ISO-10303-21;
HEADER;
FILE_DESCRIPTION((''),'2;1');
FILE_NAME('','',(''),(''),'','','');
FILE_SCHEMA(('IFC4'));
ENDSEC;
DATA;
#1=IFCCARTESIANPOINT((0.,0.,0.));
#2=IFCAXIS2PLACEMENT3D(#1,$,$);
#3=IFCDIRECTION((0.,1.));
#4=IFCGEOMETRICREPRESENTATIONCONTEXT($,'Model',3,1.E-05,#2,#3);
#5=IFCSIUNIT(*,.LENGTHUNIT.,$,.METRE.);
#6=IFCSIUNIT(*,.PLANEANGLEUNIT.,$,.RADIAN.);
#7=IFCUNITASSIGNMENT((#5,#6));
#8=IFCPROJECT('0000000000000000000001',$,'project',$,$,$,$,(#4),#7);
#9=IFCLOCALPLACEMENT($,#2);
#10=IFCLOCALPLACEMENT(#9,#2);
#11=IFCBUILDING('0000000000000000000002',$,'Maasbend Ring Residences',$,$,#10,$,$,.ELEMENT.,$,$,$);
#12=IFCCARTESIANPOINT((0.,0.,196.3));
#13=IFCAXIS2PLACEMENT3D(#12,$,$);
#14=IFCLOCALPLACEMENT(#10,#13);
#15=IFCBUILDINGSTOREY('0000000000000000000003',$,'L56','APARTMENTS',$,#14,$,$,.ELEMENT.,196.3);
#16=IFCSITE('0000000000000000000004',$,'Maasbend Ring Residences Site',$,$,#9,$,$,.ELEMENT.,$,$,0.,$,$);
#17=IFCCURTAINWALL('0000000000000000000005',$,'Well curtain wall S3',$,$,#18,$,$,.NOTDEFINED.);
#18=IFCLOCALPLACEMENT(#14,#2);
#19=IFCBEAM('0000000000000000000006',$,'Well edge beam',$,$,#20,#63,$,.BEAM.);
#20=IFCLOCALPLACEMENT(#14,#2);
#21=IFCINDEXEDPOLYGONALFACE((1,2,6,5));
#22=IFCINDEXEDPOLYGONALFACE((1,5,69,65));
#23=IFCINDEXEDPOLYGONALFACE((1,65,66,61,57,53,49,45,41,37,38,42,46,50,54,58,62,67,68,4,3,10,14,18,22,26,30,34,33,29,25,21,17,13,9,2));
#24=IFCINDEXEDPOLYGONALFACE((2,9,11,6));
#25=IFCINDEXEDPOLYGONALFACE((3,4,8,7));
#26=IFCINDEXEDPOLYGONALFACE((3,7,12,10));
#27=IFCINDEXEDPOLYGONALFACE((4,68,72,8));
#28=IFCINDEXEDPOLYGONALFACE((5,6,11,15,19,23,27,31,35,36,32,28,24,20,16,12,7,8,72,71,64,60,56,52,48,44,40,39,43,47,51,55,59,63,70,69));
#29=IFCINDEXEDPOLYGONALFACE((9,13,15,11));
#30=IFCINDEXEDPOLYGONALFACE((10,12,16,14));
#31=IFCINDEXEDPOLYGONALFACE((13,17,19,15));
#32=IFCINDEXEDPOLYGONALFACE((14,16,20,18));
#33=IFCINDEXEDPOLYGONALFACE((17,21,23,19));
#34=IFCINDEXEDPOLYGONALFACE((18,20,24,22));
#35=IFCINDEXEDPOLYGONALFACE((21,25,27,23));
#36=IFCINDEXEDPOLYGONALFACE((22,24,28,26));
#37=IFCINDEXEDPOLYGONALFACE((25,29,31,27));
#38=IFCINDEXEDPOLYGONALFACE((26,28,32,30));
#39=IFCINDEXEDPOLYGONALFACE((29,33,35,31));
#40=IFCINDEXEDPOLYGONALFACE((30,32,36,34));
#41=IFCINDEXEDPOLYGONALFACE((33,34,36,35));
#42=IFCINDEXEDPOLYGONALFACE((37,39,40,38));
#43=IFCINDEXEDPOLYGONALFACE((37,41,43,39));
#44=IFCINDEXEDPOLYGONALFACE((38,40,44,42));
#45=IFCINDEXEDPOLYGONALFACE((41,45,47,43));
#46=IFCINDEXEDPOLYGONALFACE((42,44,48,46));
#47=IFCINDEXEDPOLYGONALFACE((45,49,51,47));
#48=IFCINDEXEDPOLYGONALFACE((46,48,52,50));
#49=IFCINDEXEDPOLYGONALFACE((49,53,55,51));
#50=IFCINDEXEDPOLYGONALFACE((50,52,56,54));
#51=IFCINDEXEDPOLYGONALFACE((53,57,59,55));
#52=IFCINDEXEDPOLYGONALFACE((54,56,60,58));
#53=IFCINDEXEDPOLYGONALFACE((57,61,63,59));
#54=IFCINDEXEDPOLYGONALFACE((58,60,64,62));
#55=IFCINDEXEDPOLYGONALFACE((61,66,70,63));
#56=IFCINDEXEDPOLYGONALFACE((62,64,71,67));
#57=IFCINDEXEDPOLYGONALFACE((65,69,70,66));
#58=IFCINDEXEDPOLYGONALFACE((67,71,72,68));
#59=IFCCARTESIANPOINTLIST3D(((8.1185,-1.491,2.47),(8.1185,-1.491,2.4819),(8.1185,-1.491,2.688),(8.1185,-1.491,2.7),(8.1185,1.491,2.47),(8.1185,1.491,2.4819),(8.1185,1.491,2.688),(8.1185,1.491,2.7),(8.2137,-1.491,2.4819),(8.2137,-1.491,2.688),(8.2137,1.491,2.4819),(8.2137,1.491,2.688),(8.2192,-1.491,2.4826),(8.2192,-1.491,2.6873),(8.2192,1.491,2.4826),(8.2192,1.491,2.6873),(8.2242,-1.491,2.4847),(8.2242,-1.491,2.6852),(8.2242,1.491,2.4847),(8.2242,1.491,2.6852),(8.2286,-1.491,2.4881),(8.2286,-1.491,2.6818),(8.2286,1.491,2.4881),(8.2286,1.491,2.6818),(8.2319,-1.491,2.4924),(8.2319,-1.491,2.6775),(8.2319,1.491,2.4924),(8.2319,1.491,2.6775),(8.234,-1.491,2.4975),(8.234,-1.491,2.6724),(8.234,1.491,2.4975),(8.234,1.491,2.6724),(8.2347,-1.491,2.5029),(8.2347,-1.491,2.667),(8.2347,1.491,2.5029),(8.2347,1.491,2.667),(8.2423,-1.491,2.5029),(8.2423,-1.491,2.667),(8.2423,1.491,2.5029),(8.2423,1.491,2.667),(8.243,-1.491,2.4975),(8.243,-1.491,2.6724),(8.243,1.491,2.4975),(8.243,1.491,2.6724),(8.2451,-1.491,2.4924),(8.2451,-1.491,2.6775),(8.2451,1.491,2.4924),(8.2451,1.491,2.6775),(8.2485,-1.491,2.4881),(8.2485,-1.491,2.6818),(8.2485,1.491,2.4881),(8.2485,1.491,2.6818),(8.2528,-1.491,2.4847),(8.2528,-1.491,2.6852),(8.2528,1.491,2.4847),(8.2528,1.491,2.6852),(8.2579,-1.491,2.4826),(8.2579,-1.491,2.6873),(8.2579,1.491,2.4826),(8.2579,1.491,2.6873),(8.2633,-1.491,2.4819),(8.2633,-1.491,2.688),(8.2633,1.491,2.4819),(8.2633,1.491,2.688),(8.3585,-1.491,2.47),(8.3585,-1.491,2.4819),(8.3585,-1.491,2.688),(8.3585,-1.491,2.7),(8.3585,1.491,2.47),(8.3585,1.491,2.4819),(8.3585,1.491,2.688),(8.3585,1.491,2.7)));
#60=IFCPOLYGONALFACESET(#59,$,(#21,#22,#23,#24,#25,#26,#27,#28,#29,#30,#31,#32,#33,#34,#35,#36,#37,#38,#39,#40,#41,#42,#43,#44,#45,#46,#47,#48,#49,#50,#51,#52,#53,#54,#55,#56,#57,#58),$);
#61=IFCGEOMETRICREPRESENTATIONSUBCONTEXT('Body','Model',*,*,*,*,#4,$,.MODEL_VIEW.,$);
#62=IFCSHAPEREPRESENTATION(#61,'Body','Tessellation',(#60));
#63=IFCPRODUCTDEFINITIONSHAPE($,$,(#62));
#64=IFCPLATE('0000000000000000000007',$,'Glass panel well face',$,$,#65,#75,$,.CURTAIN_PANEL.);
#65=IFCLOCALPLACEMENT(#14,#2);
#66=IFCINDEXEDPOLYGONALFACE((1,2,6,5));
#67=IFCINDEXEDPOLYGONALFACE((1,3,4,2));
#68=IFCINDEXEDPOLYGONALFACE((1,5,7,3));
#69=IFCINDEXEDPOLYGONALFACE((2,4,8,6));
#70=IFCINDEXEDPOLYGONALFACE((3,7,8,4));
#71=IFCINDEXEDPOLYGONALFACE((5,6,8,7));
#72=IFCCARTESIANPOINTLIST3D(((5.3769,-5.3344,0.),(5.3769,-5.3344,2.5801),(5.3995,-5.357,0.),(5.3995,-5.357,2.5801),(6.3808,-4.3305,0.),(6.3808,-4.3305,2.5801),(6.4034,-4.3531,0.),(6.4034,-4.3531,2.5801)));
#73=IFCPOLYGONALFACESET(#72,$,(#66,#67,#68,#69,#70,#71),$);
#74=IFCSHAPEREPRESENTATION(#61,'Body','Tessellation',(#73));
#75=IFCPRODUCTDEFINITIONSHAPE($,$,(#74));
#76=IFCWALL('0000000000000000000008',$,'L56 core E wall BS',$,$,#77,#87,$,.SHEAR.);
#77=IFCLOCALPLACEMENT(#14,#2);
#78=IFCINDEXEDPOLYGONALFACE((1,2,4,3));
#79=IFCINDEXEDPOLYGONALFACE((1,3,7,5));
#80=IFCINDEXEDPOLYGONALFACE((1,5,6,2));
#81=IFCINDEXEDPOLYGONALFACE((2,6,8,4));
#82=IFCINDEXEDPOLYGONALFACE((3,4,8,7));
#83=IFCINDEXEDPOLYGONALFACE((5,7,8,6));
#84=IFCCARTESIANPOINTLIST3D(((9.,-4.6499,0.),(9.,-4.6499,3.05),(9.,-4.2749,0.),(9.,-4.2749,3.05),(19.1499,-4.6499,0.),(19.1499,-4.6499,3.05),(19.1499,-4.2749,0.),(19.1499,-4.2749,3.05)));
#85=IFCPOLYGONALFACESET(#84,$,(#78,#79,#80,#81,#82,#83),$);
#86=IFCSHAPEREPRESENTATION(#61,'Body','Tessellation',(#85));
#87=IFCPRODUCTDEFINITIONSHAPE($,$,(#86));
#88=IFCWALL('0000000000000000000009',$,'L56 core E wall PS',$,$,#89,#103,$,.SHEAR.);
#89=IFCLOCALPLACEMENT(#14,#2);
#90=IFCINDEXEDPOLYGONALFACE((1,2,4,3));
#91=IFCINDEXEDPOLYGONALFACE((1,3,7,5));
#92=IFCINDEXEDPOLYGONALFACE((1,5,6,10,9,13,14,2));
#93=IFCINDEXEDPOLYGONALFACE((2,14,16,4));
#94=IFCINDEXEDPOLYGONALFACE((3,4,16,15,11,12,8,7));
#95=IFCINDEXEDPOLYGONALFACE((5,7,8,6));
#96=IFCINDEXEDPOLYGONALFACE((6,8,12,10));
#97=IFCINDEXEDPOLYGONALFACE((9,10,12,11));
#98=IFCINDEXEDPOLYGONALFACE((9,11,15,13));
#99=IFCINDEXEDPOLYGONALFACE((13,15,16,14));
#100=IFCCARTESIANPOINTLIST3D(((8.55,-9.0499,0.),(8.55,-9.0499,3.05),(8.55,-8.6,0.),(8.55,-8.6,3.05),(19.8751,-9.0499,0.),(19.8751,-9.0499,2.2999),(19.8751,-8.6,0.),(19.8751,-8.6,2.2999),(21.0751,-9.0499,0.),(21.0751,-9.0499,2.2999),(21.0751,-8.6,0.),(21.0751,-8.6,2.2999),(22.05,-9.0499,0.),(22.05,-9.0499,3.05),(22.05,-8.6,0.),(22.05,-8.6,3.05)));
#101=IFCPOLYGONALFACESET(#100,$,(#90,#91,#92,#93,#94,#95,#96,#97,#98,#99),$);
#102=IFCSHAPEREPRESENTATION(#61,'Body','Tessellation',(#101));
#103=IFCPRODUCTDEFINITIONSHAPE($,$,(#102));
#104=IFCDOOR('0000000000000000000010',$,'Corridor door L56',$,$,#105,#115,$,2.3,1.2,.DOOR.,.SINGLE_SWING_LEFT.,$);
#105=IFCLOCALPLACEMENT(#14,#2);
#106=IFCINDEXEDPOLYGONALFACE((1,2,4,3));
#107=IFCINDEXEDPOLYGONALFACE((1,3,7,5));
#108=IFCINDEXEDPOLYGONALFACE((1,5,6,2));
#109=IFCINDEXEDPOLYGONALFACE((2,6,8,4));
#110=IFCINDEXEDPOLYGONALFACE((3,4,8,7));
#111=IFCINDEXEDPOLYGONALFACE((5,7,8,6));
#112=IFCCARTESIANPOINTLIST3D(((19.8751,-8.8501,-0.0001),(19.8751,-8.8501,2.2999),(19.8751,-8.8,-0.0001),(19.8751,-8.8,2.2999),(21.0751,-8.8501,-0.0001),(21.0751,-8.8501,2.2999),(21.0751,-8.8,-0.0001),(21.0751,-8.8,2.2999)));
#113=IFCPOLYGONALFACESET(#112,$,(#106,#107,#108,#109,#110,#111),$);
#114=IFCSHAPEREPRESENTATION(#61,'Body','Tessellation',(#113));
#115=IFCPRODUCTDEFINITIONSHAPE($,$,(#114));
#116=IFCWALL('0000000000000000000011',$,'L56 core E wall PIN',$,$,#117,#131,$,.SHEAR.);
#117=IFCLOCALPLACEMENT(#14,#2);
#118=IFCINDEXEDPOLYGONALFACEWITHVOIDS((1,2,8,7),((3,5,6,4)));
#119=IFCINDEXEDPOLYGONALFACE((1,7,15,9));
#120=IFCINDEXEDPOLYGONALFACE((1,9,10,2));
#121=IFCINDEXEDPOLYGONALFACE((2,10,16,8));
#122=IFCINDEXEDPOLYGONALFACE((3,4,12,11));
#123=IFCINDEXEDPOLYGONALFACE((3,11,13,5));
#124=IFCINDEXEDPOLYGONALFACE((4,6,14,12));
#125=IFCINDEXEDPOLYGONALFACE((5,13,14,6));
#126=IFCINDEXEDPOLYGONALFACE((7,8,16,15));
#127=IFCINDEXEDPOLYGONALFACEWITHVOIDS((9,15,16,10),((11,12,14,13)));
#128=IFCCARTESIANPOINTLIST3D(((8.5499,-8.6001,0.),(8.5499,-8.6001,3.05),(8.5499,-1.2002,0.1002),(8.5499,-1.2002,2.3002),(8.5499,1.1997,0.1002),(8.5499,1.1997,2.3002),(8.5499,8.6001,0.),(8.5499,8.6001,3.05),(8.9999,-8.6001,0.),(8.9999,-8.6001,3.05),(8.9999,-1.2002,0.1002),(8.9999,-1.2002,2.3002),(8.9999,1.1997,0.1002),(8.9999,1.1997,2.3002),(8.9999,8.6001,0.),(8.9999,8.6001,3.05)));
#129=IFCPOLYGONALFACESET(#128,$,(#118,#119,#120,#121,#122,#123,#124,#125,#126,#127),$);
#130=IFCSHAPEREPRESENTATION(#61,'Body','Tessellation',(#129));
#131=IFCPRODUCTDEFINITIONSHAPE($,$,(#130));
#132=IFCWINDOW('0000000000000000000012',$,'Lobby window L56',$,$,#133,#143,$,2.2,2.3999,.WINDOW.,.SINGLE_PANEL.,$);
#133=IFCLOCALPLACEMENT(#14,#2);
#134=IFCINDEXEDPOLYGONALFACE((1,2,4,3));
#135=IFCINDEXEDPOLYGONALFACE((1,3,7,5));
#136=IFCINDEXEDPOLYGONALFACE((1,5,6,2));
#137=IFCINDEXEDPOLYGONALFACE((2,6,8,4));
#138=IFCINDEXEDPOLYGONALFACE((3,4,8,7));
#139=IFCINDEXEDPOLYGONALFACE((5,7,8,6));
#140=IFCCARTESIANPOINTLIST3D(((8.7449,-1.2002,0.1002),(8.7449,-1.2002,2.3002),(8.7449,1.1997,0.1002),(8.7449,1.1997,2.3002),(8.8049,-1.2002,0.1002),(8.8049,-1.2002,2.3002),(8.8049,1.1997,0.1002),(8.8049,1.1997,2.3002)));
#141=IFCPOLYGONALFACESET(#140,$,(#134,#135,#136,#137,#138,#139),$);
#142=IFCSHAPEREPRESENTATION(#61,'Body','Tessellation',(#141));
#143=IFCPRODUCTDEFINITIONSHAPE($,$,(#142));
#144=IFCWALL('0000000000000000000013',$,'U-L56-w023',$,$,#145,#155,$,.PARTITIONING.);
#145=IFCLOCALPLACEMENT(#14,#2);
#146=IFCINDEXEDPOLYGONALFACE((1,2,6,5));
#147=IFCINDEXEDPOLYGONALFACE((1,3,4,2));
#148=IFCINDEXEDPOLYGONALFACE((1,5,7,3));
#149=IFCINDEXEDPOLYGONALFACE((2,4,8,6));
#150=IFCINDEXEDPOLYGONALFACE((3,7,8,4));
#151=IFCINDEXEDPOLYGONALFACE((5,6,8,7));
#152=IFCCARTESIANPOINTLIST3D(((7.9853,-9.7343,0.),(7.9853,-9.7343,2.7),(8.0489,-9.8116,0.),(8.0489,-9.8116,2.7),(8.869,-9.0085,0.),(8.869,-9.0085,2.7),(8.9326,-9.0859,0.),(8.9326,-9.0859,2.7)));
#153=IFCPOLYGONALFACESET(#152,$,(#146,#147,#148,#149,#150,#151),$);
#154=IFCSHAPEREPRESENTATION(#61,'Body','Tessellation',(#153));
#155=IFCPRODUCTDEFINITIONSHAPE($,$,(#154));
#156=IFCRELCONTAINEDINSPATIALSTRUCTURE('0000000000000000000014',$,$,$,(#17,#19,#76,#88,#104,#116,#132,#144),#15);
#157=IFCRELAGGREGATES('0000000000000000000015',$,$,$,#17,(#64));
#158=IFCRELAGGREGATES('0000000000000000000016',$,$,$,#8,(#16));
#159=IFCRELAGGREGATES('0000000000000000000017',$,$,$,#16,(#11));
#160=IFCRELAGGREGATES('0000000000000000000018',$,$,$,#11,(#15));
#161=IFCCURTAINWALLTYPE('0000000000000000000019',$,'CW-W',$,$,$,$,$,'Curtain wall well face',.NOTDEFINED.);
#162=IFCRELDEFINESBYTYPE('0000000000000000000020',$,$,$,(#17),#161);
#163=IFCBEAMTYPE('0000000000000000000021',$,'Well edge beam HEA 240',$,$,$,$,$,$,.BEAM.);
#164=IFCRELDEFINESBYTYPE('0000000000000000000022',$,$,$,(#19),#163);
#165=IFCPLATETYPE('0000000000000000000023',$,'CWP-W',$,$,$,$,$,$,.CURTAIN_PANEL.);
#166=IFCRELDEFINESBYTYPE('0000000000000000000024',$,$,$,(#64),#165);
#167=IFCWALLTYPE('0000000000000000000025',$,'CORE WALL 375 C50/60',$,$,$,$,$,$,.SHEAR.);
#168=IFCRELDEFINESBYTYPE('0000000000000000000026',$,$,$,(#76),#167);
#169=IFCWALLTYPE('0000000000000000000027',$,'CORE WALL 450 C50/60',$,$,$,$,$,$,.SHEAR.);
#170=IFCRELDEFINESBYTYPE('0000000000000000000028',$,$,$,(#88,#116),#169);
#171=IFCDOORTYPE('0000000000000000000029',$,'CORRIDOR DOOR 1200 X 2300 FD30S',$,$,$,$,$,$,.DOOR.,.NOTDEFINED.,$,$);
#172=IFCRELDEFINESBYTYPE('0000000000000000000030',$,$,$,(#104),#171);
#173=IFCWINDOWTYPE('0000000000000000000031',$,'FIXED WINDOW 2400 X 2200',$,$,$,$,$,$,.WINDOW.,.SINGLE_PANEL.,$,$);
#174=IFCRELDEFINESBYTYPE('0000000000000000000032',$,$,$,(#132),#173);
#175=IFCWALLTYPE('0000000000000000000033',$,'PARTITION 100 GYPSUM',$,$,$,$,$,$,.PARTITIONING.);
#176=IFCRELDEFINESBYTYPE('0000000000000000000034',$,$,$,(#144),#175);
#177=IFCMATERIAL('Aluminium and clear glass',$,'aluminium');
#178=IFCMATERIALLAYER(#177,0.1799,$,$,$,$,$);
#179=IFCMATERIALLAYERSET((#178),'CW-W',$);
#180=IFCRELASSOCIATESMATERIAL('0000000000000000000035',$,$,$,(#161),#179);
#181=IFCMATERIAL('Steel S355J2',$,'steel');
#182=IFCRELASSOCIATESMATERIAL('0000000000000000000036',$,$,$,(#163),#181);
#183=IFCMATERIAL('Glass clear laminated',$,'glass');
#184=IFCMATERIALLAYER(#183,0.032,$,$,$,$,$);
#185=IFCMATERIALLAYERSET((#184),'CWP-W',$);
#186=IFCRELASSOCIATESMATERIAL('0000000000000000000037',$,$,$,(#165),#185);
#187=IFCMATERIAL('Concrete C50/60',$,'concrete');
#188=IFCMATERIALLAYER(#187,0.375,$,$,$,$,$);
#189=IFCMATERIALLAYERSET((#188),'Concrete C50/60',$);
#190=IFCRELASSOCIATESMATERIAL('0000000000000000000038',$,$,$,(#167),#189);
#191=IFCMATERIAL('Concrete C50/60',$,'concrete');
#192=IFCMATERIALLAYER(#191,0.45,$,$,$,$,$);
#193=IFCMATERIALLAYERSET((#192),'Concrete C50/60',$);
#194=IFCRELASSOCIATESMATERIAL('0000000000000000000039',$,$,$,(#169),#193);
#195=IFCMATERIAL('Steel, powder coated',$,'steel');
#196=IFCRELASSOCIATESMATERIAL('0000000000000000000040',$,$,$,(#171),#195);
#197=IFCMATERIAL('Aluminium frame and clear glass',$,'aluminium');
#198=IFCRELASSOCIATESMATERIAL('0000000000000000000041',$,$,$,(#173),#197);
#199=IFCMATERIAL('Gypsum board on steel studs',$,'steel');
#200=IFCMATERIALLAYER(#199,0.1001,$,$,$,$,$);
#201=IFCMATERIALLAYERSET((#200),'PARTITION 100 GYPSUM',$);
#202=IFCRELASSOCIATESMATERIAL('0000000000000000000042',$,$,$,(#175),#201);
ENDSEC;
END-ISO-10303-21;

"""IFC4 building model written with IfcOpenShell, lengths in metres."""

from ifc_helpers import new_model, si_unit, direction, frame, frame_2d, origin, origin_2d, place, context, subcontext, project, spatial, rectangle, i_section, extrude, material, layer, layer_set, material_profile, profile_set, type_object, element, fill, aggregate, save


model = new_model("IFC4")

# Units and contexts
model_context = context("Model", 3, precision=1e-05, world=origin(), true_north=direction((0.0, 1.0)))
body_context = subcontext(model_context, "Body", "Model", "MODEL_VIEW")
ifc_project = project(units=[si_unit("LENGTHUNIT", "METRE"), si_unit("PLANEANGLEUNIT", "RADIAN")], contexts=[model_context])

# Site, building, storey
site_placement = place(None, origin())
site = spatial("IfcSite", under=ifc_project, at=site_placement, Name="Maasbend Ring Residences Site", CompositionType="ELEMENT", RefElevation=0.0)
building_placement = place(site_placement, origin())
building = spatial("IfcBuilding", under=site, at=building_placement, Name="Maasbend Ring Residences", CompositionType="ELEMENT")
storey_placement = place(building_placement, frame((0.0, 0.0, 196.3)))
storey = spatial("IfcBuildingStorey", under=building, at=storey_placement, Name="L56", Description="APARTMENTS", CompositionType="ELEMENT", Elevation=196.3)

# Curtain wall
ifc_material_1 = material(Name="Aluminium and clear glass", Category="aluminium")
ifc_layer_1 = layer(ifc_material_1, 0.1799)
ifc_layer_set_1 = layer_set([ifc_layer_1], Name="CW-W")
curtain_wall_type = type_object("IfcCurtainWallType", Name="CW-W", ElementType="Curtain wall well face", PredefinedType="NOTDEFINED", material=ifc_layer_set_1)
curtain_wall_placement = place(storey_placement, origin())
curtain_wall = element("IfcCurtainWall", 1, at=curtain_wall_placement, inside=storey, type_object=curtain_wall_type, Name="Well curtain wall S3", PredefinedType="NOTDEFINED")

# Beam
ifc_material_2 = material(Name="Steel S355J2", Category="steel")
ifc_material_profile_1 = material_profile(ifc_material_2, i_section(OverallWidth=0.24, OverallDepth=0.23, WebThickness=0.0076, FlangeThickness=0.012, FilletRadius=0.021, at=origin_2d()), Name="HEA 240")
ifc_profile_set_1 = profile_set([ifc_material_profile_1], Name="Steel S355J2")
beam_type = type_object("IfcBeamType", Name="Well edge beam HEA 240", PredefinedType="BEAM", material=ifc_profile_set_1)
beam_1_placement = place(storey_placement, frame((8.2385, -1.491, 2.585), z_axis=(0.0, 1.0, 0.0), x_axis=(-1.0, 0.0, 0.0)))
element("IfcBeam", 2, at=beam_1_placement, inside=storey, type_object=beam_type, Name="Well edge beam", PredefinedType="BEAM", context=body_context, shape_type="SweptSolid", body=[
    extrude(i_section(OverallWidth=0.24, OverallDepth=0.23, WebThickness=0.0076, FlangeThickness=0.012, FilletRadius=0.021, at=origin_2d()), origin(), (0.0, 0.0, 1.0), 2.9819),
])

# Plate
ifc_material_3 = material(Name="Glass clear laminated", Category="glass")
ifc_layer_2 = layer(ifc_material_3, 0.032)
ifc_layer_set_2 = layer_set([ifc_layer_2], Name="CWP-W")
plate_type = type_object("IfcPlateType", Name="CWP-W", PredefinedType="CURTAIN_PANEL", material=ifc_layer_set_2)
plate_placement = place(storey_placement, frame((5.8901, -4.8438, 0.0), z_axis=(0.0, 0.0, 1.0), x_axis=(0.707107, 0.707107, 0.0)))
plate = element("IfcPlate", 3, at=plate_placement, type_object=plate_type, Name="Glass panel well face", PredefinedType="CURTAIN_PANEL", context=body_context, shape_type="SweptSolid", body=[
    extrude(rectangle(XDim=1.4197, YDim=0.032, at=origin_2d()), origin(), (0.0, 0.0, 1.0), 2.5801),
])
aggregate(curtain_wall, [plate])

# Wall
ifc_material_4 = material(Name="Concrete C50/60", Category="concrete")
ifc_layer_3 = layer(ifc_material_4, 0.375)
ifc_layer_set_3 = layer_set([ifc_layer_3], Name="Concrete C50/60")
wall_type_1 = type_object("IfcWallType", Name="CORE WALL 375 C50/60", PredefinedType="SHEAR", material=ifc_layer_set_3)
wall_1_placement = place(storey_placement, frame((9.0, -4.4624, 0.0), z_axis=(0.0, 0.0, 1.0), x_axis=(1.0, 0.0, 0.0)))
element("IfcWall", 4, at=wall_1_placement, inside=storey, type_object=wall_type_1, Name="L56 core E wall BS", PredefinedType="SHEAR", context=body_context, shape_type="SweptSolid", body=[
    extrude(rectangle(XDim=10.1499, YDim=0.375, at=frame_2d((5.075, 0.0))), origin(), (0.0, 0.0, 1.0), 3.05),
])

# Wall, opening, door
ifc_material_5 = material(Name="Concrete C50/60", Category="concrete")
ifc_layer_4 = layer(ifc_material_5, 0.45)
ifc_layer_set_4 = layer_set([ifc_layer_4], Name="Concrete C50/60")
wall_type_2 = type_object("IfcWallType", Name="CORE WALL 450 C50/60", PredefinedType="SHEAR", material=ifc_layer_set_4)
wall_2_placement = place(storey_placement, frame((8.55, -8.825, 0.0), z_axis=(0.0, 0.0, 1.0), x_axis=(1.0, 0.0, 0.0)))
wall_2 = element("IfcWall", 5, at=wall_2_placement, inside=storey, type_object=wall_type_2, Name="L56 core E wall PS", PredefinedType="SHEAR", context=body_context, shape_type="SweptSolid", body=[
    extrude(rectangle(XDim=13.5, YDim=0.45, at=frame_2d((6.75, 0.0))), origin(), (0.0, 0.0, 1.0), 3.05),
])
opening_1_placement = place(wall_2_placement, frame((11.325, 0.0, 0.0)))
opening_1 = element("IfcOpeningElement", 6, at=opening_1_placement, cuts=wall_2, PredefinedType="OPENING", context=body_context, shape_type="SweptSolid", body=[
    extrude(rectangle(XDim=1.2, YDim=2.3, at=frame_2d((0.6001, 1.1499))), frame((0.0, 0.2349, 0.0), z_axis=(0.0, -1.0, 0.0), x_axis=(1.0, 0.0, 0.0)), (0.0, 0.0, 1.0), 0.47),
])
ifc_material_6 = material(Name="Steel, powder coated", Category="steel")
door_type_1 = type_object("IfcDoorType", Name="CORRIDOR DOOR 1200 X 2300 FD30S", OperationType="NOTDEFINED", PredefinedType="DOOR", material=ifc_material_6)
door_1_placement = place(opening_1_placement, origin())
door_1 = element("IfcDoor", 7, at=door_1_placement, inside=storey, type_object=door_type_1, Name="Corridor door L56", OperationType="SINGLE_SWING_LEFT", OverallHeight=2.3, OverallWidth=1.2, PredefinedType="DOOR", context=body_context, shape_type="SweptSolid", body=[
    extrude(rectangle(XDim=1.2, YDim=2.3, at=frame_2d((0.6001, 1.1499))), frame((0.0, 0.0249, 0.0), z_axis=(0.0, -1.0, 0.0), x_axis=(1.0, 0.0, 0.0)), (0.0, 0.0, 1.0), 0.05),
])
fill(opening_1, door_1)

# Wall, opening, window
wall_3_placement = place(storey_placement, frame((8.7749, -8.6001, 0.0), z_axis=(0.0, 0.0, 1.0), x_axis=(0.0, 1.0, 0.0)))
wall_3 = element("IfcWall", 8, at=wall_3_placement, inside=storey, type_object=wall_type_2, Name="L56 core E wall PIN", PredefinedType="SHEAR", context=body_context, shape_type="SweptSolid", body=[
    extrude(rectangle(XDim=17.2002, YDim=0.45, at=frame_2d((8.6001, 0.0))), origin(), (0.0, 0.0, 1.0), 3.05),
])
opening_2_placement = place(wall_3_placement, frame((7.3999, 0.0, 0.1001)))
opening_2 = element("IfcOpeningElement", 9, at=opening_2_placement, cuts=wall_3, PredefinedType="OPENING", context=body_context, shape_type="SweptSolid", body=[
    extrude(rectangle(XDim=2.3999, YDim=2.2, at=frame_2d((1.2, 1.1001))), frame((0.0, 0.2349, 0.0), z_axis=(0.0, -1.0, 0.0), x_axis=(1.0, 0.0, 0.0)), (0.0, 0.0, 1.0), 0.47),
])
ifc_material_7 = material(Name="Aluminium frame and clear glass", Category="aluminium")
window_type = type_object("IfcWindowType", Name="FIXED WINDOW 2400 X 2200", PartitioningType="SINGLE_PANEL", PredefinedType="WINDOW", material=ifc_material_7)
window_placement = place(opening_2_placement, origin())
window = element("IfcWindow", 10, at=window_placement, inside=storey, type_object=window_type, Name="Lobby window L56", OverallHeight=2.2, OverallWidth=2.3999, PartitioningType="SINGLE_PANEL", PredefinedType="WINDOW", context=body_context, shape_type="SweptSolid", body=[
    extrude(rectangle(XDim=2.3999, YDim=2.2, at=frame_2d((1.2, 1.1001))), frame((0.0, 0.03, 0.0), z_axis=(0.0, -1.0, 0.0), x_axis=(1.0, 0.0, 0.0)), (0.0, 0.0, 1.0), 0.0601),
])
fill(opening_2, window)

# Wall
ifc_material_8 = material(Name="Gypsum board on steel studs", Category="steel")
ifc_layer_5 = layer(ifc_material_8, 0.1001)
ifc_layer_set_5 = layer_set([ifc_layer_5], Name="PARTITION 100 GYPSUM")
wall_type_3 = type_object("IfcWallType", Name="PARTITION 100 GYPSUM", PredefinedType="PARTITIONING", material=ifc_layer_set_5)
wall_4_placement = place(storey_placement, frame((8.0171, -9.7729, 0.0), z_axis=(0.0, 0.0, 1.0), x_axis=(0.772786, 0.634667, 0.0)))
element("IfcWall", 11, at=wall_4_placement, inside=storey, type_object=wall_type_3, Name="U-L56-w023", PredefinedType="PARTITIONING", context=body_context, shape_type="SweptSolid", body=[
    extrude(rectangle(XDim=1.1436, YDim=0.1001, at=frame_2d((0.5718, 0.0))), origin(), (0.0, 0.0, 1.0), 2.7),
])

save(model, "model.ifc")
